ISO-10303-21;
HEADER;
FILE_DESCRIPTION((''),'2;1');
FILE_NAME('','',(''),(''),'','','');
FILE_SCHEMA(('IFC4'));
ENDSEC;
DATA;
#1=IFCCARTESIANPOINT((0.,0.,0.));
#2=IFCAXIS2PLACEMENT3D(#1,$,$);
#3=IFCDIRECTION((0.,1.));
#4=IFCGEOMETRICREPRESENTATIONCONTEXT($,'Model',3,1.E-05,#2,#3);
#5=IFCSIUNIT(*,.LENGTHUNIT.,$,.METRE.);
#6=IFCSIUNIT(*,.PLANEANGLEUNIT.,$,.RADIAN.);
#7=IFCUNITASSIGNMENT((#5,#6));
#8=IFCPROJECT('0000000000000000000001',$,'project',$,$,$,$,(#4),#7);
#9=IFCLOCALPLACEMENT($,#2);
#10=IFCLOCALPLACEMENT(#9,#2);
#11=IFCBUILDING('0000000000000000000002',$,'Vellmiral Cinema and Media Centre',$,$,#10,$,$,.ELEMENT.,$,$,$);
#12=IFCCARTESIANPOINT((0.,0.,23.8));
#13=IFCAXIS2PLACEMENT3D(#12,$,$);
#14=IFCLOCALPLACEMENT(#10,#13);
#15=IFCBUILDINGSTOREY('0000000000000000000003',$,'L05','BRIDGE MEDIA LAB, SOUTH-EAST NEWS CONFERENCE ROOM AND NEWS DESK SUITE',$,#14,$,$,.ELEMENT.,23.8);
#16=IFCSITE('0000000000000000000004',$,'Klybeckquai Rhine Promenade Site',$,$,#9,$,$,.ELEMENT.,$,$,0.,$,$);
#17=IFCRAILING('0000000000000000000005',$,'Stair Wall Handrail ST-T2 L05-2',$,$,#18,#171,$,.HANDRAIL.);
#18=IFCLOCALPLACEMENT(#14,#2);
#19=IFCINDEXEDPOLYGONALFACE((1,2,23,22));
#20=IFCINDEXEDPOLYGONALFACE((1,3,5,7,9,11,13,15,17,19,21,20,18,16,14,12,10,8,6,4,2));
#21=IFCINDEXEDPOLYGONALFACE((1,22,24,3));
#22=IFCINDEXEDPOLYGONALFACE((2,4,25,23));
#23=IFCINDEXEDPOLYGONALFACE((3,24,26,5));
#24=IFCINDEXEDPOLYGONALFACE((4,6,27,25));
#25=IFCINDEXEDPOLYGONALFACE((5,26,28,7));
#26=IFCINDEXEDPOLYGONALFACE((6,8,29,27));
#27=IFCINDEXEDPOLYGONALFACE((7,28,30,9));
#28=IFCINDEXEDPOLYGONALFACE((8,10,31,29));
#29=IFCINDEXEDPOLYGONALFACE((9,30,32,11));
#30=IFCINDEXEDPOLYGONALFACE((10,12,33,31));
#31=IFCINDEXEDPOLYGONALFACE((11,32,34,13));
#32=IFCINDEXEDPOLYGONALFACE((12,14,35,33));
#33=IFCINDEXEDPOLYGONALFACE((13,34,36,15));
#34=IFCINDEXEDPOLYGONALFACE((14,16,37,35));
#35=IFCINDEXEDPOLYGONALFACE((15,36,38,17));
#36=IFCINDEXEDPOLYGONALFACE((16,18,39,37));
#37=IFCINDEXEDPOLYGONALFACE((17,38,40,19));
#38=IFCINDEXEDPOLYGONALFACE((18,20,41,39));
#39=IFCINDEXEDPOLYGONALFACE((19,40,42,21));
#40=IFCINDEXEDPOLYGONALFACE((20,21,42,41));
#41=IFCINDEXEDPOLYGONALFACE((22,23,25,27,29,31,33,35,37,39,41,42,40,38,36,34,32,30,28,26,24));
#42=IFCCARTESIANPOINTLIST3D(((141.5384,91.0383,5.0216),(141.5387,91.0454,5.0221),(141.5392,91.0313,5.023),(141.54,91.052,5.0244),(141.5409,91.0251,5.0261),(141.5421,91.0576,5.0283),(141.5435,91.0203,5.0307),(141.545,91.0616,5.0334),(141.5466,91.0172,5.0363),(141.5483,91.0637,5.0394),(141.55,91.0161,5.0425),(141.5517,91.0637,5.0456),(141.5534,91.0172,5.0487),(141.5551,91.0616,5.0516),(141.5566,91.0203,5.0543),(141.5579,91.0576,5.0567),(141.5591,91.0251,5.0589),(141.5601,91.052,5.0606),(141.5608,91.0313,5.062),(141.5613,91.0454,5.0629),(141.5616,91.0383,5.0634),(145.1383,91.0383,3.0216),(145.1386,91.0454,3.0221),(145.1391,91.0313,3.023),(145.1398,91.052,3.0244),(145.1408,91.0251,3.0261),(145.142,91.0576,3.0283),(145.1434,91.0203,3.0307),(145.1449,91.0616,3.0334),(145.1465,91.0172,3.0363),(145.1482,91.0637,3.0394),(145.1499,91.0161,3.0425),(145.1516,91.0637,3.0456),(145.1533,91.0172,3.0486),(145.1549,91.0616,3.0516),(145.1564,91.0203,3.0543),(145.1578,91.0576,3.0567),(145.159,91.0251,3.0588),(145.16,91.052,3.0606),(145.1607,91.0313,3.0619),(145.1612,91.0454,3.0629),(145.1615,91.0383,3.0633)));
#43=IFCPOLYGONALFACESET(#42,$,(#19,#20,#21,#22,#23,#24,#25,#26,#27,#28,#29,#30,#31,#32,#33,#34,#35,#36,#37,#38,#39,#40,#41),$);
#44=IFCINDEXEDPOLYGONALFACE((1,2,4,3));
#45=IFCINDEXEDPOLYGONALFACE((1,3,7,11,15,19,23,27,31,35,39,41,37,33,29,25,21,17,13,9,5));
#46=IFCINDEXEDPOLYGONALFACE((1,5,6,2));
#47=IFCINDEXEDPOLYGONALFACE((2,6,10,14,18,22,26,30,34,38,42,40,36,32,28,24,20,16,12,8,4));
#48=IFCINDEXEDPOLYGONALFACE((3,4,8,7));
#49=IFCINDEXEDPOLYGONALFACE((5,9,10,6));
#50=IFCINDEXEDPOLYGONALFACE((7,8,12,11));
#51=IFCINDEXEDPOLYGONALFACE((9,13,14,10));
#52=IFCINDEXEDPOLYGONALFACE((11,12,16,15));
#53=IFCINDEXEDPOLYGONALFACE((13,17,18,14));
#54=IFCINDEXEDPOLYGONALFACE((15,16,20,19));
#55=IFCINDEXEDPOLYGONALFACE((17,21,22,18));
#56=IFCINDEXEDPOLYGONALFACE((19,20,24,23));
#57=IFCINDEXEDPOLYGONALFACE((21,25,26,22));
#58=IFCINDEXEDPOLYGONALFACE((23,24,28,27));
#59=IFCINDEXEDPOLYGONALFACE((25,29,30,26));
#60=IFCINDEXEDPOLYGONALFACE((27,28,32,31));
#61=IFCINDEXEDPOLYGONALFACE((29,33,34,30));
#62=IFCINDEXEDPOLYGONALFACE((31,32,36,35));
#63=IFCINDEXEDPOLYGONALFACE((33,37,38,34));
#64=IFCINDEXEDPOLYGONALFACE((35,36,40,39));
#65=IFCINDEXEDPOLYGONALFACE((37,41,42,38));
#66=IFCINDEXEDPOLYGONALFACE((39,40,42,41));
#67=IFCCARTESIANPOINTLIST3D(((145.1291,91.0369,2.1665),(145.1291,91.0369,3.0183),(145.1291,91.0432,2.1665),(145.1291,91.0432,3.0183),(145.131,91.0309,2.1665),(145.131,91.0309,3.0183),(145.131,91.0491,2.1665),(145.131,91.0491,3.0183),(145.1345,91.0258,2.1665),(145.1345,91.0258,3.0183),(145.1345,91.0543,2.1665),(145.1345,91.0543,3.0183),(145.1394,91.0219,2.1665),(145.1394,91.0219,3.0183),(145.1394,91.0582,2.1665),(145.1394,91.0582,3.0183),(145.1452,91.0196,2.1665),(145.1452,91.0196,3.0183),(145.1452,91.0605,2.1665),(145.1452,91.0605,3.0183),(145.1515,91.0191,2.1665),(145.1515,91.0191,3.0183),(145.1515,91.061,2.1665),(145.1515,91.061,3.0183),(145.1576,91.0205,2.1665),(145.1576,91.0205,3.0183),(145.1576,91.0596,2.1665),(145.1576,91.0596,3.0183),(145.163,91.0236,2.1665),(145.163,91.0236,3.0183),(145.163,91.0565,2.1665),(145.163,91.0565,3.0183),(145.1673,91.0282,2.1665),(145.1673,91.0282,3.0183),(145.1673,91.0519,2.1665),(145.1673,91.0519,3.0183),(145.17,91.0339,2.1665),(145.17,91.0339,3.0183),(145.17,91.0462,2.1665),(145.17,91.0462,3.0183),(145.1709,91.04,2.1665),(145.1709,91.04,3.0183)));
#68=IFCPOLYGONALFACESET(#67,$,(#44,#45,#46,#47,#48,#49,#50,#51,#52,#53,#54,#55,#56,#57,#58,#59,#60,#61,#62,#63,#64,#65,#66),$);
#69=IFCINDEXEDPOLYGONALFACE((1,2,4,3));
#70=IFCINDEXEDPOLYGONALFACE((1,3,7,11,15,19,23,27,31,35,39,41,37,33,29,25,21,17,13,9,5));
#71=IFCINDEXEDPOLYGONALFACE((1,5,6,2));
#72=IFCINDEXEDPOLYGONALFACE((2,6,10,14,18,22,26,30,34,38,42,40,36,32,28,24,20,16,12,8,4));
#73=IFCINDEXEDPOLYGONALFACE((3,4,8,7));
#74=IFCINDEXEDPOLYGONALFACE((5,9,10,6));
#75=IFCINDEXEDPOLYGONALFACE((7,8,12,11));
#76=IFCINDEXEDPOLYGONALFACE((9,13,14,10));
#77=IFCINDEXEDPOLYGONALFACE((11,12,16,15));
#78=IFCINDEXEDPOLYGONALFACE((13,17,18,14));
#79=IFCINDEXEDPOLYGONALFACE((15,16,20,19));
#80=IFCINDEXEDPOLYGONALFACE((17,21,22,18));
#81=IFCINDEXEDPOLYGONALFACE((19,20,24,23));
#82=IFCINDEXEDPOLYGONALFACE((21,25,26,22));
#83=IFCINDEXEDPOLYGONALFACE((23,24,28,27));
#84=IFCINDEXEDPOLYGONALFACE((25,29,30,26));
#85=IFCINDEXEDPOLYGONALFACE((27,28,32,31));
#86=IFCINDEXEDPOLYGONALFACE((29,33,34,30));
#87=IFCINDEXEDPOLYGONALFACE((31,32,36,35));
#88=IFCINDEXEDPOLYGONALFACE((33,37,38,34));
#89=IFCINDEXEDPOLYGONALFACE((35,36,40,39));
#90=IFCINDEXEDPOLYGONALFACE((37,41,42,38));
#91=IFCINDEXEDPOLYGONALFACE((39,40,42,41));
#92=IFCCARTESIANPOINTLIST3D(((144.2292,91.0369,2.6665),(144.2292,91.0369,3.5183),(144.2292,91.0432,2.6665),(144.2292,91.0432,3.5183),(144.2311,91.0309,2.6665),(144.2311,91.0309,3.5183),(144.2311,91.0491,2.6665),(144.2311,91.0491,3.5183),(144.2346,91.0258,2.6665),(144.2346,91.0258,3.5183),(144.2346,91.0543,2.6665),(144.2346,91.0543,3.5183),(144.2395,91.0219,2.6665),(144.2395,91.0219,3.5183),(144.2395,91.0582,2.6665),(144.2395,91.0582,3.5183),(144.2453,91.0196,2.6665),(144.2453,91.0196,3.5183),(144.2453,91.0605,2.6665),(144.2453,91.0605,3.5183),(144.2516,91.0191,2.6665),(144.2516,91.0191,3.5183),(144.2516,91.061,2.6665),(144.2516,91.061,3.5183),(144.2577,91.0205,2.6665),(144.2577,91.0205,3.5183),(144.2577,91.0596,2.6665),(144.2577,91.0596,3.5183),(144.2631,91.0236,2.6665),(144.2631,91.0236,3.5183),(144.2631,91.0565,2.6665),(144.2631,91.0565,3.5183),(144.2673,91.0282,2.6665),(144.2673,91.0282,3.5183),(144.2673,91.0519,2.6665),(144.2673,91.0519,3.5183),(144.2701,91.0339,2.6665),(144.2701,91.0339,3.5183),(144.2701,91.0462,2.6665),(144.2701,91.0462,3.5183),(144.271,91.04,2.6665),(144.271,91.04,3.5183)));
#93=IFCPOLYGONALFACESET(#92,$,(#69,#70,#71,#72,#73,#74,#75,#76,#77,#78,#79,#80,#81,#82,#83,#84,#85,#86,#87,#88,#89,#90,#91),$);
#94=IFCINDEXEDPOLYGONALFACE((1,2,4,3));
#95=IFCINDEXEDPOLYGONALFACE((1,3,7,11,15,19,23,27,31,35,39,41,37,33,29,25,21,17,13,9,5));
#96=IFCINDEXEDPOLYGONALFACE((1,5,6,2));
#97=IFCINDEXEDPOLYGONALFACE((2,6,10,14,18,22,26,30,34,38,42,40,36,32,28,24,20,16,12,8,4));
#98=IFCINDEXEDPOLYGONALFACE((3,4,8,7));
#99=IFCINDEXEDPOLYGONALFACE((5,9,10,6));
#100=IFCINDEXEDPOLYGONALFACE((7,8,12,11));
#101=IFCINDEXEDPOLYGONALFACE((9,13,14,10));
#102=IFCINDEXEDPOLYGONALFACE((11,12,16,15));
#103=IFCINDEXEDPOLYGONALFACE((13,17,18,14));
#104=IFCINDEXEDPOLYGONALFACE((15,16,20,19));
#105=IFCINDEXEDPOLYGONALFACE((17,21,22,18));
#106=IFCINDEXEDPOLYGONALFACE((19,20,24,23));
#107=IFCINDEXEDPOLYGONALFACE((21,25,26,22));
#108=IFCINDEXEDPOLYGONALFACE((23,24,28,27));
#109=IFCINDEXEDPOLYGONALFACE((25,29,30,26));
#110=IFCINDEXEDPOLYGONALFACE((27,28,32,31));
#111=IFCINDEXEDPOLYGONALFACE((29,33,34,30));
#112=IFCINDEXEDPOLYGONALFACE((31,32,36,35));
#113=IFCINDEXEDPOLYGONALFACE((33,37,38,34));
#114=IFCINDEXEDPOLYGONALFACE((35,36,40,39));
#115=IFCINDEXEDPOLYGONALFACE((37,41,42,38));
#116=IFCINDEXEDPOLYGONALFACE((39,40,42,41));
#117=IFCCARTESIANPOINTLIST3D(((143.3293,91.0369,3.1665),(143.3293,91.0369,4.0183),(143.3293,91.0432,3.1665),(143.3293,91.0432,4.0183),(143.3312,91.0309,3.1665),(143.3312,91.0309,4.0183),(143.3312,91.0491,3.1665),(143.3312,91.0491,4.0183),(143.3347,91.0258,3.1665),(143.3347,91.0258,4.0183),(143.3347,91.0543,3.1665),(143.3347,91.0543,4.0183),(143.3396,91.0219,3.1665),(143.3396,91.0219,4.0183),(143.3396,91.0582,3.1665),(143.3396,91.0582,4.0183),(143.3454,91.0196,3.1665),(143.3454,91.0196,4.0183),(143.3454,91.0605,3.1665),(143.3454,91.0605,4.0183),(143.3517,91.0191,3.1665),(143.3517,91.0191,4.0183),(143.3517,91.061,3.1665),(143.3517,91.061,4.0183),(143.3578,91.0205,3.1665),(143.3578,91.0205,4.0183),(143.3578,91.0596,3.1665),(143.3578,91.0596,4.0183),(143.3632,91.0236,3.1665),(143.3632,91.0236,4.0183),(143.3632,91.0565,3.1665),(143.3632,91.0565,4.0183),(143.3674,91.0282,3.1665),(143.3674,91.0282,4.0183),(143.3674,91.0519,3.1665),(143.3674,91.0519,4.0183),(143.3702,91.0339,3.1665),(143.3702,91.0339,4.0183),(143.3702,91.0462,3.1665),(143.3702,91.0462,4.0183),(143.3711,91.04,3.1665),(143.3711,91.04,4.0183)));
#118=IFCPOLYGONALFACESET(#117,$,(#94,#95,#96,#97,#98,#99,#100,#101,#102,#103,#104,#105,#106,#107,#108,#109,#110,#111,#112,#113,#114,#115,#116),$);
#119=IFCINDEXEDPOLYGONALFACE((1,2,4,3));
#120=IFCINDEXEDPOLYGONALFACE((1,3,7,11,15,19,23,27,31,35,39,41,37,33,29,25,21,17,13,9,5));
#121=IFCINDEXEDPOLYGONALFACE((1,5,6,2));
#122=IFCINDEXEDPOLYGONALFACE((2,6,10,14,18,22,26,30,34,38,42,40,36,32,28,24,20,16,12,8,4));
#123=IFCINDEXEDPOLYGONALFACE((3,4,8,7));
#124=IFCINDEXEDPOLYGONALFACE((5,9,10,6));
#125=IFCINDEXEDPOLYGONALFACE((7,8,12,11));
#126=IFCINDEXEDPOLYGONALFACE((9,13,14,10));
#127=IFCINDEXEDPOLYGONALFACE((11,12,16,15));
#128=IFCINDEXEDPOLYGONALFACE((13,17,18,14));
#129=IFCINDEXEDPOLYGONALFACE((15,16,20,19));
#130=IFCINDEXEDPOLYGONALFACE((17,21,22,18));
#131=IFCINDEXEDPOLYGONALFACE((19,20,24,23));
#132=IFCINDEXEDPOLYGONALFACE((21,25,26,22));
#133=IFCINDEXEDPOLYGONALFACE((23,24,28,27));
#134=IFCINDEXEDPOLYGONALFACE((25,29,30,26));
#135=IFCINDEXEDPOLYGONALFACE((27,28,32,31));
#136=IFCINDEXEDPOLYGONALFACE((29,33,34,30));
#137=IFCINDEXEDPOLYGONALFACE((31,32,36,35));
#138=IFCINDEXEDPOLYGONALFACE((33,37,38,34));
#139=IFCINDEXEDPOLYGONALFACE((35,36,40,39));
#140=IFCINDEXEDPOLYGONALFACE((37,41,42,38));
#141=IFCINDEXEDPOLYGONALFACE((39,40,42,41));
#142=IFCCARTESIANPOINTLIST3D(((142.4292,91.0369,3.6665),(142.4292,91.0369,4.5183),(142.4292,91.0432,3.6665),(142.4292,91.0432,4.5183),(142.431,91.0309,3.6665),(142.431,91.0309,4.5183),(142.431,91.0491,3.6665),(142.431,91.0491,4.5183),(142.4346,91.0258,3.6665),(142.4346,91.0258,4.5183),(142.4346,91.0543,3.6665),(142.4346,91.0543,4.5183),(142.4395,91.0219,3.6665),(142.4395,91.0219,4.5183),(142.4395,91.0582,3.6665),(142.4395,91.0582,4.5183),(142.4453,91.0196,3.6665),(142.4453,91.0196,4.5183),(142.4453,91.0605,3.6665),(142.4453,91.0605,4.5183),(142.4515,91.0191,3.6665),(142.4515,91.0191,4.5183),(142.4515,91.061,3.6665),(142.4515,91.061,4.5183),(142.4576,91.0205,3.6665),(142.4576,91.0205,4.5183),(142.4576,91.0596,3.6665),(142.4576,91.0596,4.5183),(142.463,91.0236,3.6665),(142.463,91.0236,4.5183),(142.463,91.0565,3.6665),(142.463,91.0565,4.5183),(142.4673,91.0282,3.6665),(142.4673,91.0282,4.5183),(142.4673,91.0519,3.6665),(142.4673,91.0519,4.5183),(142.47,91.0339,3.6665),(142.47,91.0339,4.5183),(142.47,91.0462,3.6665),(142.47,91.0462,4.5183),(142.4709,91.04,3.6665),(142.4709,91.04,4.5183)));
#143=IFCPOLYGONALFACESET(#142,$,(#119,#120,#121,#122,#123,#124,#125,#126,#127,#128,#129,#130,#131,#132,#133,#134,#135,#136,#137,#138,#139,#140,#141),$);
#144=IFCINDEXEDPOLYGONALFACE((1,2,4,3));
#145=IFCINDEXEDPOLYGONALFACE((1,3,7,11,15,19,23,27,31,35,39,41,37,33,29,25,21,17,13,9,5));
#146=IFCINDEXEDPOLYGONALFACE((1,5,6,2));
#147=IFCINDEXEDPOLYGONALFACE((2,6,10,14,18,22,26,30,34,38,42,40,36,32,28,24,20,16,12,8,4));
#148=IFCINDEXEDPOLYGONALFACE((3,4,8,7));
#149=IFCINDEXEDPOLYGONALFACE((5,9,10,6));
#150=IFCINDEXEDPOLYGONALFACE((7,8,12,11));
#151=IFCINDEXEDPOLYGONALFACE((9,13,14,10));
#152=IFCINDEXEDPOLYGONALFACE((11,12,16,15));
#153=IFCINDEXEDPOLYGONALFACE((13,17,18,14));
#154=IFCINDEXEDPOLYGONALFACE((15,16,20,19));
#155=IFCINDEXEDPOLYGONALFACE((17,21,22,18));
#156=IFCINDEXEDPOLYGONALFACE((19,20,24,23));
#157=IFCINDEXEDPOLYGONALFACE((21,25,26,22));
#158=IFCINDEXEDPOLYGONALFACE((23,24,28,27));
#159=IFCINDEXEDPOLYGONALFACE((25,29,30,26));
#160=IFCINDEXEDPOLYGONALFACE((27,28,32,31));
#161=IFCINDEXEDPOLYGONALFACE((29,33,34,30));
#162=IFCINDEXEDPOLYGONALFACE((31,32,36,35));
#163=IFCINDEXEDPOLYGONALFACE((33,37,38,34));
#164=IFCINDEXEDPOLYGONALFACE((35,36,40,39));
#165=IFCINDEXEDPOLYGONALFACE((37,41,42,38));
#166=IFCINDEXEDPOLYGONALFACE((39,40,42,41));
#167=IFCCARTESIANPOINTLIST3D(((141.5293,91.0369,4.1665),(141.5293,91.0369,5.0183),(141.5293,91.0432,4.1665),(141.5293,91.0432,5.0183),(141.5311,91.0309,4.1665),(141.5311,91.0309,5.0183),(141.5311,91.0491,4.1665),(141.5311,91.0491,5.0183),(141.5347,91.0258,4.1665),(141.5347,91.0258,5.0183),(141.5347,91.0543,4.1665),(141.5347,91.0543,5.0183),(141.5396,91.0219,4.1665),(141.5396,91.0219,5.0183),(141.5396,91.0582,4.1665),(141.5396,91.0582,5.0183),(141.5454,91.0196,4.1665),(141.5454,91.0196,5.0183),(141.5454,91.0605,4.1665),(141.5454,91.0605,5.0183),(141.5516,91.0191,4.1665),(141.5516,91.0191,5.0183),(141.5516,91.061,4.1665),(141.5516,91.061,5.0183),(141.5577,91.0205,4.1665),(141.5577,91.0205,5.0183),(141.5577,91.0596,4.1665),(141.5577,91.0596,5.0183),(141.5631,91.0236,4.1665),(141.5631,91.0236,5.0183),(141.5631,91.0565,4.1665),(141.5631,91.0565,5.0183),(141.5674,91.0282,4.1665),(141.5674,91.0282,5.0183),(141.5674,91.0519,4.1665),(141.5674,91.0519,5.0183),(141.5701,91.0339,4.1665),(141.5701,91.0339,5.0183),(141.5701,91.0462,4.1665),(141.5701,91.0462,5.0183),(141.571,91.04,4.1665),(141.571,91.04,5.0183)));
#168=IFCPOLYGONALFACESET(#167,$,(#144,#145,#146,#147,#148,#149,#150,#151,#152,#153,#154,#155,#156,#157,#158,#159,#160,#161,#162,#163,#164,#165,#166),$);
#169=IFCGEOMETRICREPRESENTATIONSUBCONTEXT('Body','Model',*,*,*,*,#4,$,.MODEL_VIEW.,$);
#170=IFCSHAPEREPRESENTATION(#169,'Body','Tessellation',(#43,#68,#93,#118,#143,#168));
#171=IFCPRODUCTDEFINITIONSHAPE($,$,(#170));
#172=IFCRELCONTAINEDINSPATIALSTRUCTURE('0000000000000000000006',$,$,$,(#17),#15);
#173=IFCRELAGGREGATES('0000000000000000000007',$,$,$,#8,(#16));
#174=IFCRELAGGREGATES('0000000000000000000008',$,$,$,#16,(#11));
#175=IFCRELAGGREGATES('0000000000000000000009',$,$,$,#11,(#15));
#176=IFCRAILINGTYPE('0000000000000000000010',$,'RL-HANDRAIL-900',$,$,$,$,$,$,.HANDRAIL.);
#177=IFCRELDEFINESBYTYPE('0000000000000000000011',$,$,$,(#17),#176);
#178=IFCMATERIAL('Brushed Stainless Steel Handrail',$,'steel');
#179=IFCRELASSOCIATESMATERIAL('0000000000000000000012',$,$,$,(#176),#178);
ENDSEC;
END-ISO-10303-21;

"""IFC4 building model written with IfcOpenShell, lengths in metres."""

from ifc_helpers import new_model, si_unit, direction, frame, origin, origin_2d, place, context, subcontext, project, spatial, circle, extrude, material, type_object, element, save


model = new_model("IFC4")

# Units and contexts
model_context = context("Model", 3, precision=1e-05, world=origin(), true_north=direction((0.0, 1.0)))
body_context = subcontext(model_context, "Body", "Model", "MODEL_VIEW")
ifc_project = project(units=[si_unit("LENGTHUNIT", "METRE"), si_unit("PLANEANGLEUNIT", "RADIAN")], contexts=[model_context])

# Site, building, storey
site_placement = place(None, origin())
site = spatial("IfcSite", under=ifc_project, at=site_placement, Name="Klybeckquai Rhine Promenade Site", CompositionType="ELEMENT", RefElevation=0.0)
building_placement = place(site_placement, origin())
building = spatial("IfcBuilding", under=site, at=building_placement, Name="Vellmiral Cinema and Media Centre", CompositionType="ELEMENT")
storey_placement = place(building_placement, frame((0.0, 0.0, 23.8)))
storey = spatial("IfcBuildingStorey", under=building, at=storey_placement, Name="L05", Description="BRIDGE MEDIA LAB, SOUTH-EAST NEWS CONFERENCE ROOM AND NEWS DESK SUITE", CompositionType="ELEMENT", Elevation=23.8)

# Railing
ifc_material_1 = material(Name="Brushed Stainless Steel Handrail", Category="steel")
railing_type_1 = type_object("IfcRailingType", Name="RL-HANDRAIL-900", PredefinedType="HANDRAIL", material=ifc_material_1)
railing_1_placement = place(storey_placement, frame((145.1499, 91.04, 2.1665)))
element("IfcRailing", 1, at=railing_1_placement, inside=storey, type_object=railing_type_1, Name="Stair Wall Handrail ST-T2 L05-2", PredefinedType="HANDRAIL", context=body_context, shape_type="SweptSolid", body=[
    extrude(circle(Radius=0.0239, at=origin_2d()), frame((0.0, 0.0, 0.876), z_axis=(-0.874149, 0.0, 0.485658), x_axis=(0.0, -1.0, 0.0)), (0.0, 0.0, 1.0), 4.1182),
    extrude(circle(Radius=0.021, at=origin_2d()), origin(), (0.0, 0.0, 1.0), 0.8518),
    extrude(circle(Radius=0.021, at=origin_2d()), frame((-0.8999, 0.0, 0.5)), (0.0, 0.0, 1.0), 0.8518),
    extrude(circle(Radius=0.021, at=origin_2d()), frame((-1.7998, 0.0, 1.0)), (0.0, 0.0, 1.0), 0.8518),
    extrude(circle(Radius=0.021, at=origin_2d()), frame((-2.7, 0.0, 1.5)), (0.0, 0.0, 1.0), 0.8518),
    extrude(circle(Radius=0.021, at=origin_2d()), frame((-3.5999, 0.0, 2.0)), (0.0, 0.0, 1.0), 0.8518),
])

save(model, "model.ifc")
